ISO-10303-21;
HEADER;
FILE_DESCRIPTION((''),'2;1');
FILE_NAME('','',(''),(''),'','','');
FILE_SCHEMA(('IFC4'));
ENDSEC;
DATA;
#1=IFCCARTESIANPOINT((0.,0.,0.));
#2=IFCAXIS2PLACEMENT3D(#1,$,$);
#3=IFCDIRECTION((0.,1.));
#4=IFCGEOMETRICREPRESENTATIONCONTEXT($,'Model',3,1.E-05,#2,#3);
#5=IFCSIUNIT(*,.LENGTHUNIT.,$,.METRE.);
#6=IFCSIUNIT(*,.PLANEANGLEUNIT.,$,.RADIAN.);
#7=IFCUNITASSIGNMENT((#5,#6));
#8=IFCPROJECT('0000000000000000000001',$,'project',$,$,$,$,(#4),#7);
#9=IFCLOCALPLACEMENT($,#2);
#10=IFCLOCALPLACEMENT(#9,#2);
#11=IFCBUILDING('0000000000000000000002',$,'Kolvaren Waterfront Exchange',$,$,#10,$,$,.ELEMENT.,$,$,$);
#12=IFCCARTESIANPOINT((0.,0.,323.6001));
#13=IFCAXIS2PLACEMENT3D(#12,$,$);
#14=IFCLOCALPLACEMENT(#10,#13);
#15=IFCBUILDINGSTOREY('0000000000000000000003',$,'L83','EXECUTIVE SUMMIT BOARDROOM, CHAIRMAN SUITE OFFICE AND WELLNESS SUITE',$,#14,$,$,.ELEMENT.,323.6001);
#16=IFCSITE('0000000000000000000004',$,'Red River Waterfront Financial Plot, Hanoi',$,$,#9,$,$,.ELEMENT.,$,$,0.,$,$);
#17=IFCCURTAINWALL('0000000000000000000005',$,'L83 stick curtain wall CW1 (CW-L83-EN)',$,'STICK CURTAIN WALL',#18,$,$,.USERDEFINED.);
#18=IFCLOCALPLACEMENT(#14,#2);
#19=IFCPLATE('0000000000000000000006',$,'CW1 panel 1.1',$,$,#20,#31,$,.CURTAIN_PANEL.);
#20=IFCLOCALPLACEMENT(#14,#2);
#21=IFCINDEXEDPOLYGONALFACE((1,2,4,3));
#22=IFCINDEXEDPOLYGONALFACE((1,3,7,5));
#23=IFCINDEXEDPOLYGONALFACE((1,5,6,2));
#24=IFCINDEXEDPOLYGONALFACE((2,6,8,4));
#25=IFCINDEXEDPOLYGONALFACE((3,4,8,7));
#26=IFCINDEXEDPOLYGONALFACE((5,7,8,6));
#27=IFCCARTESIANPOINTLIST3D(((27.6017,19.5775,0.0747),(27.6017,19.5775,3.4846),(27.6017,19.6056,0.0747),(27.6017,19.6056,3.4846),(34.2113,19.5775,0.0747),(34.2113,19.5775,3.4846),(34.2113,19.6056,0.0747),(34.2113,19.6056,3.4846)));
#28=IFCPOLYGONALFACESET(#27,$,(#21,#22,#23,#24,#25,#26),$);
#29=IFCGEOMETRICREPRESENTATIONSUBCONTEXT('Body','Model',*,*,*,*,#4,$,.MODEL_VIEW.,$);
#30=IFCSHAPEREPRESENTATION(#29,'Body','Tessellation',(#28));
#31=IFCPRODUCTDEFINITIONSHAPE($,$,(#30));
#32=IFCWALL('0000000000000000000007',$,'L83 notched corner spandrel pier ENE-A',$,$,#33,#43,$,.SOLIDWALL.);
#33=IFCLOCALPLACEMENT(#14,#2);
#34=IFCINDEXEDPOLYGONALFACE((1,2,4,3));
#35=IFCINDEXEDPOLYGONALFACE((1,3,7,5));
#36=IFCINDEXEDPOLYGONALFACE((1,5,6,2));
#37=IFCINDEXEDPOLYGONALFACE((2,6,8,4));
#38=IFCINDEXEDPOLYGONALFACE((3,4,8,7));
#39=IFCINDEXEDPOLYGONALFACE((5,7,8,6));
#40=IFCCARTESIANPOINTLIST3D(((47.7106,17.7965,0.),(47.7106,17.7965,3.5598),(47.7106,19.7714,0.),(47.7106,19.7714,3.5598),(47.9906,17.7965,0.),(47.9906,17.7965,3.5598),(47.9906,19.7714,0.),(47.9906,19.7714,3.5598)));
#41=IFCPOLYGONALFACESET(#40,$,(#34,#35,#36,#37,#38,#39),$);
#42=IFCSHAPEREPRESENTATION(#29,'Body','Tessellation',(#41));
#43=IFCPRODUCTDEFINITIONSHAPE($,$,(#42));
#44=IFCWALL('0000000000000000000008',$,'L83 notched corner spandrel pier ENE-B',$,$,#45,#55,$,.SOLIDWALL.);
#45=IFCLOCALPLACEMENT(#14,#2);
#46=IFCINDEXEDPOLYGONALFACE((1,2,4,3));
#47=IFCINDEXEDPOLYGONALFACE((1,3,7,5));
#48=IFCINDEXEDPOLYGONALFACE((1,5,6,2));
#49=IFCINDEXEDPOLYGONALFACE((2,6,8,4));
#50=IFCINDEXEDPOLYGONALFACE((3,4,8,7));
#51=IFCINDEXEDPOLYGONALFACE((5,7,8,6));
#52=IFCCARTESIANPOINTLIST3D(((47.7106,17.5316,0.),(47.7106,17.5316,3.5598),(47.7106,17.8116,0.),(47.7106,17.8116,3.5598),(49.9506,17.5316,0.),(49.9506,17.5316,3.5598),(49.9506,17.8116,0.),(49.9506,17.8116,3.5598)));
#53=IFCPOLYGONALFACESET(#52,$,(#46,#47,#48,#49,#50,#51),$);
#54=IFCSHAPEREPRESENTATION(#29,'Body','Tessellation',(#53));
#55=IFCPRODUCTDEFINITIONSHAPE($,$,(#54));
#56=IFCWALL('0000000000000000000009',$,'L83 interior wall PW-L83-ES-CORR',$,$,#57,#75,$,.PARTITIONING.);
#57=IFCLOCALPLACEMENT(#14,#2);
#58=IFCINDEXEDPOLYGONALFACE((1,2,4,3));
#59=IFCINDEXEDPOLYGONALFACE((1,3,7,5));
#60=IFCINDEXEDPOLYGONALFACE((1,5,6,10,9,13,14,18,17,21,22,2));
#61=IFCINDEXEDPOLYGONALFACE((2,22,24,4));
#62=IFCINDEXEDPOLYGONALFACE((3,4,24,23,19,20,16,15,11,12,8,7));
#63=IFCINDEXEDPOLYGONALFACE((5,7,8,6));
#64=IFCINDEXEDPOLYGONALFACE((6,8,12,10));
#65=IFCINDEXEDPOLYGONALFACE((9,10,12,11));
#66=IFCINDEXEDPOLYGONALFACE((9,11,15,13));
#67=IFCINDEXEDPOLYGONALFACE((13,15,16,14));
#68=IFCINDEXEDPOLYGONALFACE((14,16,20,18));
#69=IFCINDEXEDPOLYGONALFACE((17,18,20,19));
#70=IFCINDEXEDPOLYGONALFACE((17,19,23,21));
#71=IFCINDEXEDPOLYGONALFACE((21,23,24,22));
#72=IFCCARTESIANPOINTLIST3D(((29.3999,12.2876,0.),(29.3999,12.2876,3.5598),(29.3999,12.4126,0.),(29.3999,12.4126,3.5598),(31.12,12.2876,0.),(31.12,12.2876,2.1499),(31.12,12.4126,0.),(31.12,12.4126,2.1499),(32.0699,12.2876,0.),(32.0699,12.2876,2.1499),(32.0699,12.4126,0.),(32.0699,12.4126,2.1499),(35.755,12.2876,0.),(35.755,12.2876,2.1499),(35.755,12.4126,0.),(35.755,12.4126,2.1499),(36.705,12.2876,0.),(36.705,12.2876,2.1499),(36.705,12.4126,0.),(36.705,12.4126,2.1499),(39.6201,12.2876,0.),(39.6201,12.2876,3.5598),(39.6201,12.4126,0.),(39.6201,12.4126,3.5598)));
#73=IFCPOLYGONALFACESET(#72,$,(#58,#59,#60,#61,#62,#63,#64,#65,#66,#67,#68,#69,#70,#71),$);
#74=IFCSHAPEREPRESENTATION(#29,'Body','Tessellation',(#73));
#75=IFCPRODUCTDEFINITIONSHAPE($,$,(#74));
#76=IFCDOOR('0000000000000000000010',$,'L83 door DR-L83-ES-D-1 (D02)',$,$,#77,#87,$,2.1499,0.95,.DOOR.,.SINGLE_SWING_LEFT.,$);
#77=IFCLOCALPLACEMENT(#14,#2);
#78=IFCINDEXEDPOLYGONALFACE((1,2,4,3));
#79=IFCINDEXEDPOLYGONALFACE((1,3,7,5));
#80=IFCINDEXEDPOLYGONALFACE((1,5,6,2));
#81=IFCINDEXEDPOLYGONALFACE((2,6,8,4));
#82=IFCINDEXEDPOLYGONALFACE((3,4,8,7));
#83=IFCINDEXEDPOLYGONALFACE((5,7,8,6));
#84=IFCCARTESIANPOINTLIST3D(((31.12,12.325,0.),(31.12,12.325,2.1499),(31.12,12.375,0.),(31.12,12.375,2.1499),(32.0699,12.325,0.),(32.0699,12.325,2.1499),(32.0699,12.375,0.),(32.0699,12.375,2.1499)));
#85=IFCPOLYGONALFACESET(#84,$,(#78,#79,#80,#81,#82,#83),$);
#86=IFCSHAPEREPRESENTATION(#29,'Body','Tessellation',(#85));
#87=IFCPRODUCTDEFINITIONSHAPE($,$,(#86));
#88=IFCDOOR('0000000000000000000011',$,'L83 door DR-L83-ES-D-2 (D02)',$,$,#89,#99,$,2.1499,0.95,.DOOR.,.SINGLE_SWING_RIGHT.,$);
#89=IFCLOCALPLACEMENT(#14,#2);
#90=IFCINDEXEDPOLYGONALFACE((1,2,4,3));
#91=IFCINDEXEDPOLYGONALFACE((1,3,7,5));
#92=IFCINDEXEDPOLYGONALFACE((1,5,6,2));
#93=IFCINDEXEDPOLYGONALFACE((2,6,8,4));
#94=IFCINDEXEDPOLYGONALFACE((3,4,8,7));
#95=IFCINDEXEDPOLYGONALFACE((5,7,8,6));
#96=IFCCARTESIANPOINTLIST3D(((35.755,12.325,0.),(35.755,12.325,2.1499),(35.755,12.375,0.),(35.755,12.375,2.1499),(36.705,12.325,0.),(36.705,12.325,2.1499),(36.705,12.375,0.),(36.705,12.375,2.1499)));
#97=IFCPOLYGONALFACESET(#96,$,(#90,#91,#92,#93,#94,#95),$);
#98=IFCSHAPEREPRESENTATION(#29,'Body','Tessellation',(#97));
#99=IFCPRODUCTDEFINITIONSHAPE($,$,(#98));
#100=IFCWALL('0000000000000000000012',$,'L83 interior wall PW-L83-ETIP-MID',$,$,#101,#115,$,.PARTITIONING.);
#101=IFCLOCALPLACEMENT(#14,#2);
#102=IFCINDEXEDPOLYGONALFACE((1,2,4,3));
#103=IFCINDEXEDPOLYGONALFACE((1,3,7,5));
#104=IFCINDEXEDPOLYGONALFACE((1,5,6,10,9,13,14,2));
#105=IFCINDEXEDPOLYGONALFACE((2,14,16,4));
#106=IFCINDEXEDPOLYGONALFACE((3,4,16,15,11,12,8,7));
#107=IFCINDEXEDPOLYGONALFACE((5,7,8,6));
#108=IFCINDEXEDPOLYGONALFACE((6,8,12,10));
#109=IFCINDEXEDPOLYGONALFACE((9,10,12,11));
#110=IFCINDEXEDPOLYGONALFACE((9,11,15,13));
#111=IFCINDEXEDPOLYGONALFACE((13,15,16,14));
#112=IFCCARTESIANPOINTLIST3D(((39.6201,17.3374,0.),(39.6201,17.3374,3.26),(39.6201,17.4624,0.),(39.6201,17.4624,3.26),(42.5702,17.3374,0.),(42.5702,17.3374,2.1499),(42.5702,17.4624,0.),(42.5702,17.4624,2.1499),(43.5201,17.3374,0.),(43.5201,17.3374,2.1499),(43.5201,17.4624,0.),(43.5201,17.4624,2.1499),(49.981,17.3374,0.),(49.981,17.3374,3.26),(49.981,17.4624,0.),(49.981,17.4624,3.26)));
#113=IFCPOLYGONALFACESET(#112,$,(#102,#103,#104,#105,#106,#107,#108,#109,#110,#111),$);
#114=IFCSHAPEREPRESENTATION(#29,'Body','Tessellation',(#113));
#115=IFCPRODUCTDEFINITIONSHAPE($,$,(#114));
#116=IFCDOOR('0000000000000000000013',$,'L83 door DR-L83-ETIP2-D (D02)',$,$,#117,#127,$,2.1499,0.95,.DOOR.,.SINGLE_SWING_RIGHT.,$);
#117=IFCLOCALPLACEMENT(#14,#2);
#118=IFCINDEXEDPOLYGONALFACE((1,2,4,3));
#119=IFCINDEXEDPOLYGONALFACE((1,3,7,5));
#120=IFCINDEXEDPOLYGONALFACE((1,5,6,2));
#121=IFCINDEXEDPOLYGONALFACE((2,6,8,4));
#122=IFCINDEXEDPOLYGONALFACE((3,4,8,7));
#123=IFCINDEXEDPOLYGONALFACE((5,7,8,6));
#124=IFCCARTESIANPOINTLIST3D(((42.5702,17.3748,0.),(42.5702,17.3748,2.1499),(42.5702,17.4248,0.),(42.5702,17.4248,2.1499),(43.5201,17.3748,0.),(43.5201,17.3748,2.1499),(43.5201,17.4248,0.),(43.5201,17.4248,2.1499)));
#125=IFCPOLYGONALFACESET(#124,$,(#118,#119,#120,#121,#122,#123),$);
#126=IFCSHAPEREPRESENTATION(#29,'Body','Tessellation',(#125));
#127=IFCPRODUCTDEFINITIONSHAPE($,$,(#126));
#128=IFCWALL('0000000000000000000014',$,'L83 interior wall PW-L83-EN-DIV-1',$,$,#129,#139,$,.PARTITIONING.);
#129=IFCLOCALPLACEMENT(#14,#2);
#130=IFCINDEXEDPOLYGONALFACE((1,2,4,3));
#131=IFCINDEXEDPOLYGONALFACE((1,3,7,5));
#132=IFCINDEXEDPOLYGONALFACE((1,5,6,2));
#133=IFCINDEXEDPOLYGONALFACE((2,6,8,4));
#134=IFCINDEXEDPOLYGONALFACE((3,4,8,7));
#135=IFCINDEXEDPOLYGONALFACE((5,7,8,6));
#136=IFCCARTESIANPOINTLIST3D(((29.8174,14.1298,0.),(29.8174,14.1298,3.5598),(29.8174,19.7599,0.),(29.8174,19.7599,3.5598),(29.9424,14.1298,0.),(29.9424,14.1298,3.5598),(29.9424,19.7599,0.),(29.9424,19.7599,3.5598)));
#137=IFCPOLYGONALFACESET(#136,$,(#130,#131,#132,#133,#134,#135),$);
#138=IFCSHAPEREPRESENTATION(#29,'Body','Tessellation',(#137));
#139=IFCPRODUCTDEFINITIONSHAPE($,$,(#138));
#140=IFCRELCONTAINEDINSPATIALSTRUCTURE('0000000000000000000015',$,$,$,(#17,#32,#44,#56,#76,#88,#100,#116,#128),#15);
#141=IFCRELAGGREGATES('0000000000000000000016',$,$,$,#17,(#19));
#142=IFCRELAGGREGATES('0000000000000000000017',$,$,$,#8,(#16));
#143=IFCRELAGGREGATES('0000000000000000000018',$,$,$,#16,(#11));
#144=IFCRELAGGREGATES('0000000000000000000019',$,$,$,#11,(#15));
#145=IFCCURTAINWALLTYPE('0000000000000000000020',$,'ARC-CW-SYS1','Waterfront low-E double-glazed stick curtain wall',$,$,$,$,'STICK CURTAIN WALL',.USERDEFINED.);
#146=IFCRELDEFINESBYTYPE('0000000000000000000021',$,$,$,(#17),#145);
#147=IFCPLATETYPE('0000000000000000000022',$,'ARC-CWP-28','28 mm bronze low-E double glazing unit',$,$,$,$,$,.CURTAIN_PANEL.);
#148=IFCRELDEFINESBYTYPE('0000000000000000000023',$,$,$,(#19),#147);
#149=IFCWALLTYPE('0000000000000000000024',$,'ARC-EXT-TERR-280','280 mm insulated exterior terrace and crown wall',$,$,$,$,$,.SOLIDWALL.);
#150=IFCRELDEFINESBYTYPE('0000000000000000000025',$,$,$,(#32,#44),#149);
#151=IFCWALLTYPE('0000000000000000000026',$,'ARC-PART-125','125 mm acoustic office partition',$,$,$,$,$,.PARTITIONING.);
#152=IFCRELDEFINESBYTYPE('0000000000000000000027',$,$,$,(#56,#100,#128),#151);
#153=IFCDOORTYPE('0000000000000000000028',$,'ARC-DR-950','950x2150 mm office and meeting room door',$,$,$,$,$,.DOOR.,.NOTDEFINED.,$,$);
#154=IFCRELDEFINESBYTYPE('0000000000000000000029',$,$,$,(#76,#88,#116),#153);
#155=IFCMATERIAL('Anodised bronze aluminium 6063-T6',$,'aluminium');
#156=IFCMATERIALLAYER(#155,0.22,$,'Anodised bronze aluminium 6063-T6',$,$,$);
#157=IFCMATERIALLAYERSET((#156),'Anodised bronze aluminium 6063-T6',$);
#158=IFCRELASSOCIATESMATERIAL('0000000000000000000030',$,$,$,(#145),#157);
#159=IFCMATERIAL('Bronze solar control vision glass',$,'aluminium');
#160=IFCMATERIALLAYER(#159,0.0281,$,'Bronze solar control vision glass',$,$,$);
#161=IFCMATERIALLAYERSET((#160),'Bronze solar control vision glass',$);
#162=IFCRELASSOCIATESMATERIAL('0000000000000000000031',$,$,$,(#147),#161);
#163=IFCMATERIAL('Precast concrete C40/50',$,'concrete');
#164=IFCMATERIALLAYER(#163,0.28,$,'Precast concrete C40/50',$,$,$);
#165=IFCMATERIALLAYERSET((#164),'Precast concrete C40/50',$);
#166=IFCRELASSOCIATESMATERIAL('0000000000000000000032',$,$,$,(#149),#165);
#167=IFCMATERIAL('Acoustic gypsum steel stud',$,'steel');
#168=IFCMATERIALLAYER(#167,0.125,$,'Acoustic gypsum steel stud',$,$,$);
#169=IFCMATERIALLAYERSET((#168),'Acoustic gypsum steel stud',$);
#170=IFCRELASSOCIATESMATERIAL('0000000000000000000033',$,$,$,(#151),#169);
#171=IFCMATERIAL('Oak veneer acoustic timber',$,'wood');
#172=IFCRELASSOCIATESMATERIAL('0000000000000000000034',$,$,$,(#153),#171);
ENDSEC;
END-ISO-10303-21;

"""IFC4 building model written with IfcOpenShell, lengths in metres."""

from ifc_helpers import new_model, si_unit, direction, frame, frame_2d, origin, origin_with_axes, origin_2d, place, context, subcontext, project, spatial, rectangle, extrude, source, transform, mapped, material, layer, layer_set, type_object, element, fill, aggregate, save


model = new_model("IFC4")

# Units and contexts
model_context = context("Model", 3, precision=1e-05, world=origin(), true_north=direction((0.0, 1.0)))
body_context = subcontext(model_context, "Body", "Model", "MODEL_VIEW")
ifc_project = project(units=[si_unit("LENGTHUNIT", "METRE"), si_unit("PLANEANGLEUNIT", "RADIAN")], contexts=[model_context])

# Site, building, storey
site_placement = place(None, origin())
site = spatial("IfcSite", under=ifc_project, at=site_placement, Name="Red River Waterfront Financial Plot, Hanoi", CompositionType="ELEMENT", RefElevation=0.0)
building_placement = place(site_placement, origin())
building = spatial("IfcBuilding", under=site, at=building_placement, Name="Kolvaren Waterfront Exchange", CompositionType="ELEMENT")
storey_placement = place(building_placement, frame((0.0, 0.0, 323.6001)))
storey = spatial("IfcBuildingStorey", under=building, at=storey_placement, Name="L83", Description="EXECUTIVE SUMMIT BOARDROOM, CHAIRMAN SUITE OFFICE AND WELLNESS SUITE", CompositionType="ELEMENT", Elevation=323.6001)

# Curtain wall, plate
ifc_material_1 = material(Name="Anodised bronze aluminium 6063-T6", Category="aluminium")
ifc_layer_1 = layer(ifc_material_1, 0.22, Name="Anodised bronze aluminium 6063-T6")
ifc_layer_set_1 = layer_set([ifc_layer_1], Name="Anodised bronze aluminium 6063-T6")
curtain_wall_type = type_object("IfcCurtainWallType", Name="ARC-CW-SYS1", Description="Waterfront low-E double-glazed stick curtain wall", ElementType="STICK CURTAIN WALL", PredefinedType="USERDEFINED", material=ifc_layer_set_1)
curtain_wall_placement = place(storey_placement, origin())
curtain_wall = element("IfcCurtainWall", 1, at=curtain_wall_placement, inside=storey, type_object=curtain_wall_type, Name="L83 stick curtain wall CW1 (CW-L83-EN)", ObjectType="STICK CURTAIN WALL", PredefinedType="USERDEFINED")
ifc_material_2 = material(Name="Bronze solar control vision glass", Category="aluminium")
ifc_layer_2 = layer(ifc_material_2, 0.0281, Name="Bronze solar control vision glass")
ifc_layer_set_2 = layer_set([ifc_layer_2], Name="Bronze solar control vision glass")
plate_type = type_object("IfcPlateType", Name="ARC-CWP-28", Description="28 mm bronze low-E double glazing unit", PredefinedType="CURTAIN_PANEL", material=ifc_layer_set_2)
shared_shape_1 = source(origin_with_axes(), body_context, "Body", "SweptSolid", [
    extrude(rectangle(XDim=6.6096, YDim=0.0281, at=origin_2d()), origin(), (0.0, 0.0, 1.0), 3.4099),
])
plate_placement = place(storey_placement, frame((30.9065, 19.5916, 0.0747), z_axis=(0.0, 0.0, 1.0), x_axis=(1.0, 0.0, 0.0)))
plate = element("IfcPlate", 2, at=plate_placement, type_object=plate_type, Name="CW1 panel 1.1", PredefinedType="CURTAIN_PANEL", context=body_context, shape_type="MappedRepresentation", body=[
    mapped(shared_shape_1, transform((0.0, 0.0, 0.0), x_axis=(1.0, 0.0, 0.0), y_axis=(0.0, 1.0, 0.0), z_axis=(0.0, 0.0, 1.0), scale=1.0)),
])
aggregate(curtain_wall, [plate])

# Walls
ifc_material_3 = material(Name="Precast concrete C40/50", Category="concrete")
ifc_layer_3 = layer(ifc_material_3, 0.28, Name="Precast concrete C40/50")
ifc_layer_set_3 = layer_set([ifc_layer_3], Name="Precast concrete C40/50")
wall_type_1 = type_object("IfcWallType", Name="ARC-EXT-TERR-280", Description="280 mm insulated exterior terrace and crown wall", PredefinedType="SOLIDWALL", material=ifc_layer_set_3)
wall_1_placement = place(storey_placement, frame((47.8506, 17.7966, 0.0), z_axis=(0.0, 0.0, 1.0), x_axis=(0.0, 1.0, 0.0)))
element("IfcWall", 3, at=wall_1_placement, inside=storey, type_object=wall_type_1, Name="L83 notched corner spandrel pier ENE-A", PredefinedType="SOLIDWALL", context=body_context, shape_type="SweptSolid", body=[
    extrude(rectangle(XDim=1.9749, YDim=0.28, at=frame_2d((0.9873, 0.0))), origin(), (0.0, 0.0, 1.0), 3.5598),
])
wall_2_placement = place(storey_placement, frame((47.7104, 17.6716, 0.0), z_axis=(0.0, 0.0, 1.0), x_axis=(1.0, 0.0, 0.0)))
element("IfcWall", 4, at=wall_2_placement, inside=storey, type_object=wall_type_1, Name="L83 notched corner spandrel pier ENE-B", PredefinedType="SOLIDWALL", context=body_context, shape_type="SweptSolid", body=[
    extrude(rectangle(XDim=2.24, YDim=0.28, at=frame_2d((1.1201, 0.0))), origin(), (0.0, 0.0, 1.0), 3.5598),
])

# Wall, openings, doors
ifc_material_4 = material(Name="Acoustic gypsum steel stud", Category="steel")
ifc_layer_4 = layer(ifc_material_4, 0.125, Name="Acoustic gypsum steel stud")
ifc_layer_set_4 = layer_set([ifc_layer_4], Name="Acoustic gypsum steel stud")
wall_type_2 = type_object("IfcWallType", Name="ARC-PART-125", Description="125 mm acoustic office partition", PredefinedType="PARTITIONING", material=ifc_layer_set_4)
wall_3_placement = place(storey_placement, frame((29.3999, 12.3501, 0.0), z_axis=(0.0, 0.0, 1.0), x_axis=(1.0, 0.0, 0.0)))
wall_3 = element("IfcWall", 5, at=wall_3_placement, inside=storey, type_object=wall_type_2, Name="L83 interior wall PW-L83-ES-CORR", PredefinedType="PARTITIONING", context=body_context, shape_type="SweptSolid", body=[
    extrude(rectangle(XDim=10.2202, YDim=0.125, at=frame_2d((5.1101, 0.0))), origin(), (0.0, 0.0, 1.0), 3.5598),
])
opening_1_placement = place(wall_3_placement, frame((1.72, 0.0, 0.0)))
opening_1 = element("IfcOpeningElement", 6, at=opening_1_placement, cuts=wall_3, PredefinedType="OPENING", context=body_context, shape_type="SweptSolid", body=[
    extrude(rectangle(XDim=0.95, YDim=2.1499, at=frame_2d((0.4751, 1.075))), frame((0.0, 0.0725, 0.0), z_axis=(0.0, -1.0, 0.0), x_axis=(1.0, 0.0, 0.0)), (0.0, 0.0, 1.0), 0.145),
])
opening_2_placement = place(wall_3_placement, frame((6.355, 0.0, 0.0)))
opening_2 = element("IfcOpeningElement", 7, at=opening_2_placement, cuts=wall_3, PredefinedType="OPENING", context=body_context, shape_type="SweptSolid", body=[
    extrude(rectangle(XDim=0.95, YDim=2.1499, at=frame_2d((0.4751, 1.075))), frame((0.0, 0.0725, 0.0), z_axis=(0.0, -1.0, 0.0), x_axis=(1.0, 0.0, 0.0)), (0.0, 0.0, 1.0), 0.145),
])
ifc_material_5 = material(Name="Oak veneer acoustic timber", Category="wood")
door_type = type_object("IfcDoorType", Name="ARC-DR-950", Description="950x2150 mm office and meeting room door", OperationType="NOTDEFINED", PredefinedType="DOOR", material=ifc_material_5)
door_1_placement = place(opening_1_placement, origin())
door_1 = element("IfcDoor", 8, at=door_1_placement, inside=storey, type_object=door_type, Name="L83 door DR-L83-ES-D-1 (D02)", OperationType="SINGLE_SWING_LEFT", OverallHeight=2.1499, OverallWidth=0.95, PredefinedType="DOOR", context=body_context, shape_type="SweptSolid", body=[
    extrude(rectangle(XDim=0.95, YDim=2.1499, at=frame_2d((0.4751, 1.075))), frame((0.0, 0.0249, 0.0), z_axis=(0.0, -1.0, 0.0), x_axis=(1.0, 0.0, 0.0)), (0.0, 0.0, 1.0), 0.05),
])
fill(opening_1, door_1)
door_2_placement = place(opening_2_placement, origin())
door_2 = element("IfcDoor", 9, at=door_2_placement, inside=storey, type_object=door_type, Name="L83 door DR-L83-ES-D-2 (D02)", OperationType="SINGLE_SWING_RIGHT", OverallHeight=2.1499, OverallWidth=0.95, PredefinedType="DOOR", context=body_context, shape_type="SweptSolid", body=[
    extrude(rectangle(XDim=0.95, YDim=2.1499, at=frame_2d((0.4751, 1.075))), frame((0.0, 0.0249, 0.0), z_axis=(0.0, -1.0, 0.0), x_axis=(1.0, 0.0, 0.0)), (0.0, 0.0, 1.0), 0.05),
])
fill(opening_2, door_2)

# Wall, opening, door
wall_4_placement = place(storey_placement, frame((39.6201, 17.3999, 0.0), z_axis=(0.0, 0.0, 1.0), x_axis=(1.0, 0.0, 0.0)))
wall_4 = element("IfcWall", 10, at=wall_4_placement, inside=storey, type_object=wall_type_2, Name="L83 interior wall PW-L83-ETIP-MID", PredefinedType="PARTITIONING", context=body_context, shape_type="SweptSolid", body=[
    extrude(rectangle(XDim=10.3608, YDim=0.125, at=frame_2d((5.1804, 0.0))), origin(), (0.0, 0.0, 1.0), 3.26),
])
opening_3_placement = place(wall_4_placement, frame((2.95, 0.0, 0.0)))
opening_3 = element("IfcOpeningElement", 11, at=opening_3_placement, cuts=wall_4, PredefinedType="OPENING", context=body_context, shape_type="SweptSolid", body=[
    extrude(rectangle(XDim=0.95, YDim=2.1499, at=frame_2d((0.4751, 1.075))), frame((0.0, 0.0725, 0.0), z_axis=(0.0, -1.0, 0.0), x_axis=(1.0, 0.0, 0.0)), (0.0, 0.0, 1.0), 0.145),
])
door_3_placement = place(opening_3_placement, origin())
door_3 = element("IfcDoor", 12, at=door_3_placement, inside=storey, type_object=door_type, Name="L83 door DR-L83-ETIP2-D (D02)", OperationType="SINGLE_SWING_RIGHT", OverallHeight=2.1499, OverallWidth=0.95, PredefinedType="DOOR", context=body_context, shape_type="SweptSolid", body=[
    extrude(rectangle(XDim=0.95, YDim=2.1499, at=frame_2d((0.4751, 1.075))), frame((0.0, 0.0249, 0.0), z_axis=(0.0, -1.0, 0.0), x_axis=(1.0, 0.0, 0.0)), (0.0, 0.0, 1.0), 0.05),
])
fill(opening_3, door_3)

# Wall
wall_5_placement = place(storey_placement, frame((29.8799, 14.1299, 0.0), z_axis=(0.0, 0.0, 1.0), x_axis=(0.0, 1.0, 0.0)))
element("IfcWall", 13, at=wall_5_placement, inside=storey, type_object=wall_type_2, Name="L83 interior wall PW-L83-EN-DIV-1", PredefinedType="PARTITIONING", context=body_context, shape_type="SweptSolid", body=[
    extrude(rectangle(XDim=5.6301, YDim=0.125, at=frame_2d((2.8149, 0.0))), origin(), (0.0, 0.0, 1.0), 3.5598),
])

save(model, "model.ifc")
